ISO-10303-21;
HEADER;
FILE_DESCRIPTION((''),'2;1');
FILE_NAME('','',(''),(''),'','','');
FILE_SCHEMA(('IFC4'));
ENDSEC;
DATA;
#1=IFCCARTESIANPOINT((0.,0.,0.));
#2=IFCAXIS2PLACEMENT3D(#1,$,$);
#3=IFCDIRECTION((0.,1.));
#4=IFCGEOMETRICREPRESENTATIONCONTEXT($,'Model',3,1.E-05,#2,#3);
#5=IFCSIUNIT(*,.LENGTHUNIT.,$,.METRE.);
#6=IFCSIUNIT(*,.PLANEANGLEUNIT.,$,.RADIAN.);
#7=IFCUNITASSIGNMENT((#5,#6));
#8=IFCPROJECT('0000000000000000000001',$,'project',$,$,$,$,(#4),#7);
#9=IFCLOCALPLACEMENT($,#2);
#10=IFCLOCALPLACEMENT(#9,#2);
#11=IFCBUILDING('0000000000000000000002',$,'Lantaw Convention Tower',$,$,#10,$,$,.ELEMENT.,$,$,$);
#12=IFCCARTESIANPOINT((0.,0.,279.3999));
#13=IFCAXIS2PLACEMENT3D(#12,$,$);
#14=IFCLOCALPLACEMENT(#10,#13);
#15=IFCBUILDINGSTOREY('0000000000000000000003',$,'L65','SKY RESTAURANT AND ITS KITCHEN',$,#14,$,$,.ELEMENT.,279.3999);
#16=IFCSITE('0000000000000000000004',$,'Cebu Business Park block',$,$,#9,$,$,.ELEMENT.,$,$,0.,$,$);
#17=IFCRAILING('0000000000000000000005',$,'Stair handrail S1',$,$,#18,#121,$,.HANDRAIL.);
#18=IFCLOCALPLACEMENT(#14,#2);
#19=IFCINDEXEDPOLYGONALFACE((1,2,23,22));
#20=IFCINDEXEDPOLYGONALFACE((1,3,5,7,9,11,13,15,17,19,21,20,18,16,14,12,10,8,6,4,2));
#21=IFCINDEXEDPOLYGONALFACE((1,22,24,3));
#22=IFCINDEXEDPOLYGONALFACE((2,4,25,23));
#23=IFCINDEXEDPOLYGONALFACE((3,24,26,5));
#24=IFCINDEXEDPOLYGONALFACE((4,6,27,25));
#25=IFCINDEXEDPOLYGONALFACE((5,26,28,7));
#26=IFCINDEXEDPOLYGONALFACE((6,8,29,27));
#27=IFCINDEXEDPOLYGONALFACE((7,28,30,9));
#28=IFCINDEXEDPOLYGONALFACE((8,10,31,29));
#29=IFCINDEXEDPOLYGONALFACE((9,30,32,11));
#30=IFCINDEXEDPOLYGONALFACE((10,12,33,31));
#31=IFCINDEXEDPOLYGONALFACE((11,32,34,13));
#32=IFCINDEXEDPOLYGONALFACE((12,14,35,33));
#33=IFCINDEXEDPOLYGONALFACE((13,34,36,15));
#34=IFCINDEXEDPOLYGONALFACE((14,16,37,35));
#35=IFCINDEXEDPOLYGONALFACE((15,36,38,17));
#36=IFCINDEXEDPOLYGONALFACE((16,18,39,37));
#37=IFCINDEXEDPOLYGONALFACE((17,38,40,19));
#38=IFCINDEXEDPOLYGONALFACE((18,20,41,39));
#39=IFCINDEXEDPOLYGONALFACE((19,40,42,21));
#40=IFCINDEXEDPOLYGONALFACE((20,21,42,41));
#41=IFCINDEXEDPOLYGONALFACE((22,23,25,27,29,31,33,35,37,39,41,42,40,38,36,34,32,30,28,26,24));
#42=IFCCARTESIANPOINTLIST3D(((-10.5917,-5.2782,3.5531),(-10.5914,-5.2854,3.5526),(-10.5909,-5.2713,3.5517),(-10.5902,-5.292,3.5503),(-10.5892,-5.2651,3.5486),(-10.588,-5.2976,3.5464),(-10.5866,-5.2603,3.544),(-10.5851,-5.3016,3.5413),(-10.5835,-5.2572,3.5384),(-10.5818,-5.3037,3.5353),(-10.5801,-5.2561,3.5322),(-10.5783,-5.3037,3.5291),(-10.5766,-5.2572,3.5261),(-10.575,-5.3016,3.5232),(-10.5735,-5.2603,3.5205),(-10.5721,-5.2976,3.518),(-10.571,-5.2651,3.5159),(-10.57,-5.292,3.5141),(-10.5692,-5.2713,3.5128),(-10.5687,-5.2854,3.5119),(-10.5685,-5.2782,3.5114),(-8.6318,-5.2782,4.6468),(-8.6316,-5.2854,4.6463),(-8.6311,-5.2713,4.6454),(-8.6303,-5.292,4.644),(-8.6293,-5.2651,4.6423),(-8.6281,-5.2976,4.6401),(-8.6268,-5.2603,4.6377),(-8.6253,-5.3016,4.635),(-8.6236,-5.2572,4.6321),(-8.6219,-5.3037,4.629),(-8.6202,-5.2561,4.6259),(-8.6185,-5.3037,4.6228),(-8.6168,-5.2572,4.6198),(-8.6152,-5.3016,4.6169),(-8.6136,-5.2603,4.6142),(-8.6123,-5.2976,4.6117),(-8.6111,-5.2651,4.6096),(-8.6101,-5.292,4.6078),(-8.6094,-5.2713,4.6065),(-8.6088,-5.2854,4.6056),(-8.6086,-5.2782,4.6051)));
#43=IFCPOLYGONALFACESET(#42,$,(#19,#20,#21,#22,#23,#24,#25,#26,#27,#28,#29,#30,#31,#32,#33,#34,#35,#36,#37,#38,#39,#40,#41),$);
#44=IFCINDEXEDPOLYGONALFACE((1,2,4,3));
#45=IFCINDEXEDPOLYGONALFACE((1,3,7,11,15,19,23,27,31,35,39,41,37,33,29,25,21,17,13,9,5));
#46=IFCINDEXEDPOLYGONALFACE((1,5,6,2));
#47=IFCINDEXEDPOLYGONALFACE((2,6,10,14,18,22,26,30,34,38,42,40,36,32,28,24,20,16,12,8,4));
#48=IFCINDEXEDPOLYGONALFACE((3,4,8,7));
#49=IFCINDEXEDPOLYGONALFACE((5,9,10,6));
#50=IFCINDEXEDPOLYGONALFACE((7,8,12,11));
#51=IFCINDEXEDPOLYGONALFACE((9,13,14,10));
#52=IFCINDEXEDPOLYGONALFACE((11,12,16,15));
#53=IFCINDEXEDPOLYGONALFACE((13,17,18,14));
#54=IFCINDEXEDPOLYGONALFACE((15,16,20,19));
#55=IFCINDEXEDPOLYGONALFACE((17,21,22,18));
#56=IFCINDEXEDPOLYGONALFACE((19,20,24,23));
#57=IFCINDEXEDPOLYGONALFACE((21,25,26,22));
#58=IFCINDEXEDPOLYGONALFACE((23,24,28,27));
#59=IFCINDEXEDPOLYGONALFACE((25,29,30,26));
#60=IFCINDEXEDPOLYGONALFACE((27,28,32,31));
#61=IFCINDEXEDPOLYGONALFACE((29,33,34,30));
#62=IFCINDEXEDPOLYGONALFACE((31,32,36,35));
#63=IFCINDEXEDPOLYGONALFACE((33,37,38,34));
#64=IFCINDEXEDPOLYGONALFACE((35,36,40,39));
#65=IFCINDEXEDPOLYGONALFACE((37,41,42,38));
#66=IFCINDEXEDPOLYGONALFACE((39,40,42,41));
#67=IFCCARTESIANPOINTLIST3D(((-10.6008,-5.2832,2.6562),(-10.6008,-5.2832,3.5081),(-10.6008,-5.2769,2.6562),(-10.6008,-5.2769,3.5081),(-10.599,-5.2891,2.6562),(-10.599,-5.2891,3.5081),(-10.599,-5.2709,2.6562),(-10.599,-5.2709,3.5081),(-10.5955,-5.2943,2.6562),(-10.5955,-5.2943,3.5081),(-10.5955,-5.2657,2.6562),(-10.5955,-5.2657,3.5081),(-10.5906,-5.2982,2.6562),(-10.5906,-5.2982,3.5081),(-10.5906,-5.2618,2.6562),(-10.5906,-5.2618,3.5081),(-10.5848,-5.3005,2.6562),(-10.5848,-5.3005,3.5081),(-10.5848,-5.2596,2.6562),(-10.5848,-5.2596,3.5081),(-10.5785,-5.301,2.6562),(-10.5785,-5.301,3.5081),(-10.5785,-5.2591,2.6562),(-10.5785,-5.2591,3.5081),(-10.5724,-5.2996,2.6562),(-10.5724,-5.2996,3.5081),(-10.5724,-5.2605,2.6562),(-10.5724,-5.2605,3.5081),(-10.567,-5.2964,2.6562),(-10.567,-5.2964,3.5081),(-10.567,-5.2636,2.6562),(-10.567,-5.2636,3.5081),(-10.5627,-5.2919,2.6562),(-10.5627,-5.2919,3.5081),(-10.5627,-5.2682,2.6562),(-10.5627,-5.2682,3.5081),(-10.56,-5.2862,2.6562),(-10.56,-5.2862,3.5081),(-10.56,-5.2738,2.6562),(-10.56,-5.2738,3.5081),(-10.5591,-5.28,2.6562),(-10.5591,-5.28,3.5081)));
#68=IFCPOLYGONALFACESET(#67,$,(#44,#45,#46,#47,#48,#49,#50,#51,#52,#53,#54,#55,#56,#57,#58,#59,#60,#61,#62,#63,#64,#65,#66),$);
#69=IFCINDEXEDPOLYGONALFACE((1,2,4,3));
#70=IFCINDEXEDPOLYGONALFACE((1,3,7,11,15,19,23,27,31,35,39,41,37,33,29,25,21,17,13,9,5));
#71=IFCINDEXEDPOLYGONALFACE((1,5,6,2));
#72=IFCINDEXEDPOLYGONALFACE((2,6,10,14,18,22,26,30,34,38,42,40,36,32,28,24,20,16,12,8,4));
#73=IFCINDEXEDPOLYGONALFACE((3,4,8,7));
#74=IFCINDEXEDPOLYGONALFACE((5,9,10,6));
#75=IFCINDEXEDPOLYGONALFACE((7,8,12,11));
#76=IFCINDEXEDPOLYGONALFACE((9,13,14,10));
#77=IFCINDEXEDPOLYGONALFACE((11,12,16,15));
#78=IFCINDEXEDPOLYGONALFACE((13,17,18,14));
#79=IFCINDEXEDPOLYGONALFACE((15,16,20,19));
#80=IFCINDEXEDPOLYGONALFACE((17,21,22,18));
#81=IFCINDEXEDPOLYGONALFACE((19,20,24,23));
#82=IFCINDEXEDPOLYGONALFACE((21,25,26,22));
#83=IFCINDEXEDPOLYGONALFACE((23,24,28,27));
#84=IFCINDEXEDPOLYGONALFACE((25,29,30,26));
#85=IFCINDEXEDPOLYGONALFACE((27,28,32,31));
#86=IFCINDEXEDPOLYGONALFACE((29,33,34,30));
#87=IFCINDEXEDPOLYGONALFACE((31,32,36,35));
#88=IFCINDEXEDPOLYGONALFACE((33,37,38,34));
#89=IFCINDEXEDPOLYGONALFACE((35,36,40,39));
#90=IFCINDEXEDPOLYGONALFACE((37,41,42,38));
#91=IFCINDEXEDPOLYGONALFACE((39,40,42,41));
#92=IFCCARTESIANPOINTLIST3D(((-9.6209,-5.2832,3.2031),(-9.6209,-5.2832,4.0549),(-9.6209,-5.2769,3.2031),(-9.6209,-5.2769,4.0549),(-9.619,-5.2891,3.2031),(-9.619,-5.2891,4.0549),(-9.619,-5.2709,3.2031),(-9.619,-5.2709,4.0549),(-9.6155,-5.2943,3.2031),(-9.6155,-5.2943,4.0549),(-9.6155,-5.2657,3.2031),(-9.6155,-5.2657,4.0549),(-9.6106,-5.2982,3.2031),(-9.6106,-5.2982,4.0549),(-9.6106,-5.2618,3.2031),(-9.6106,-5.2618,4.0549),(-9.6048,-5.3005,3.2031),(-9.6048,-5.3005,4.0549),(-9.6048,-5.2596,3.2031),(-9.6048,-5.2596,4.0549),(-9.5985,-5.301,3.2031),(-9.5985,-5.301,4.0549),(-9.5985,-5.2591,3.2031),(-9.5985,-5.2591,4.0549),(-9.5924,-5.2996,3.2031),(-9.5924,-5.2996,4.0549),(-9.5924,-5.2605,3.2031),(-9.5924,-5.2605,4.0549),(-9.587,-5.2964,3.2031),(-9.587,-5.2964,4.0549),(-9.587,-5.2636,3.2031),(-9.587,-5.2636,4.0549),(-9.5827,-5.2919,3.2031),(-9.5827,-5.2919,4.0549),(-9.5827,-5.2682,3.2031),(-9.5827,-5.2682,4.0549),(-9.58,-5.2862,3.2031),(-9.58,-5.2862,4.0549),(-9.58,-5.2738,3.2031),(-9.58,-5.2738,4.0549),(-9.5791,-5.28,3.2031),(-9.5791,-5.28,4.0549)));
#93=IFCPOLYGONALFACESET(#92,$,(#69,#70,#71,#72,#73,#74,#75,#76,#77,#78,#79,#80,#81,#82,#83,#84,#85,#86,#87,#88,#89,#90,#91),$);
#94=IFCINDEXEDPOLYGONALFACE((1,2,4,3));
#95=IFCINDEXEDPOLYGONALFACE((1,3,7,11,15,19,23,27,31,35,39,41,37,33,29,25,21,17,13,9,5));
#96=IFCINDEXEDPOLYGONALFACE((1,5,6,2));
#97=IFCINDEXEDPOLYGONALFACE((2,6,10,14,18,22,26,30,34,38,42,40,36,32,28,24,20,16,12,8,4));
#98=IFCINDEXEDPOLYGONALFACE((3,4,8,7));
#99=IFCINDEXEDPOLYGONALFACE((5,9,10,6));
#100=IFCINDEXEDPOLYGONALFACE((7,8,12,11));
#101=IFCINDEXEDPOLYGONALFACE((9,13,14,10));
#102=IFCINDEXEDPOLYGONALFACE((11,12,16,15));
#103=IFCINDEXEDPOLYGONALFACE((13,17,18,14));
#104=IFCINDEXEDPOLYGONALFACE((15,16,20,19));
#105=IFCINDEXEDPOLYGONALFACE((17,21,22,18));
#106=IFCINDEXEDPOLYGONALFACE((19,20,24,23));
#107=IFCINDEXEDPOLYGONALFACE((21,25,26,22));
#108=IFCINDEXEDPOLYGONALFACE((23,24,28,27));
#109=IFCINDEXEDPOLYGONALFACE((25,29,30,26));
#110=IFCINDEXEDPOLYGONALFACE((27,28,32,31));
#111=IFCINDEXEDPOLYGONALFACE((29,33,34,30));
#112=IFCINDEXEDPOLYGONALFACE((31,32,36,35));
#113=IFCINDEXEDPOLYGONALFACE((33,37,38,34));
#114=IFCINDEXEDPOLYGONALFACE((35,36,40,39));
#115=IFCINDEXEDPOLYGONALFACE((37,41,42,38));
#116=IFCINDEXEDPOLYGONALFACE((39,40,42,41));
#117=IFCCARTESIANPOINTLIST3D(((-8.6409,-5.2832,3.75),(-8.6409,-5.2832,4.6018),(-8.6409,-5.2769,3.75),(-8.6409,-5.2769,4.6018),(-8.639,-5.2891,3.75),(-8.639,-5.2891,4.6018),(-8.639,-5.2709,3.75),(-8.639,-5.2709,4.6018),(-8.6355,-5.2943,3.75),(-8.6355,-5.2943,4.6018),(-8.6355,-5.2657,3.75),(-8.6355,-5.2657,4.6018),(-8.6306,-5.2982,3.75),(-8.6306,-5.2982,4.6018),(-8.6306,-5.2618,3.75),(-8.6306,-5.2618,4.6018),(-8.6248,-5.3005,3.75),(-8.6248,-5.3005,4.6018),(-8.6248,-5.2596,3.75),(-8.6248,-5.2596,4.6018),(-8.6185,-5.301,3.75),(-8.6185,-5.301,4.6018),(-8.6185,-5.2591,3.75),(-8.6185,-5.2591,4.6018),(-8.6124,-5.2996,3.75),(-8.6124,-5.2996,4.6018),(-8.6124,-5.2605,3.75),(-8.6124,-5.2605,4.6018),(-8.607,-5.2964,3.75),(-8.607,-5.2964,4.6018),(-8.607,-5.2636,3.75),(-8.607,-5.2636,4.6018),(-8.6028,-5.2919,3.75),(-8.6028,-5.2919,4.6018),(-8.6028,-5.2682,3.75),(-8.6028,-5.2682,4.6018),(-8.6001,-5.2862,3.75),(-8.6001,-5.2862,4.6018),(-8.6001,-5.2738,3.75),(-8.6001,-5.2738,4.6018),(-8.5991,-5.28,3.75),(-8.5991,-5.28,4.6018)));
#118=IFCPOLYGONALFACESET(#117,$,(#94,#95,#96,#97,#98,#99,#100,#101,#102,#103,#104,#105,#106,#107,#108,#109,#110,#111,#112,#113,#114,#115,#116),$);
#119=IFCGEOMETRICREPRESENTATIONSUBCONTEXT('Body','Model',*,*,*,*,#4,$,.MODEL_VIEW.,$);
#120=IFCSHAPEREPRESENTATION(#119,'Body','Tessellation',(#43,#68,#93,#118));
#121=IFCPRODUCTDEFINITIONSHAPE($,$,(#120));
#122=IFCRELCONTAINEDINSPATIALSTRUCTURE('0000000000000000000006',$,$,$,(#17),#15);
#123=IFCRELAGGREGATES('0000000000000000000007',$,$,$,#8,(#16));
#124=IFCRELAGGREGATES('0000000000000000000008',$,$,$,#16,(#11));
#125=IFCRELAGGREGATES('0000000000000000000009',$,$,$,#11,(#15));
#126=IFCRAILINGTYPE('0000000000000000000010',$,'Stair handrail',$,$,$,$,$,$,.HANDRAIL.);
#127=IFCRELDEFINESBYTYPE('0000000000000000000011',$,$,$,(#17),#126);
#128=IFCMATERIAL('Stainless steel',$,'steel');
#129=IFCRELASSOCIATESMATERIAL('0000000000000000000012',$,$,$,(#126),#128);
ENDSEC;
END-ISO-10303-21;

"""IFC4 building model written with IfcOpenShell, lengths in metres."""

from ifc_helpers import new_model, si_unit, direction, frame, origin, origin_2d, place, context, subcontext, project, spatial, circle, extrude, material, type_object, element, save


model = new_model("IFC4")

# Units and contexts
model_context = context("Model", 3, precision=1e-05, world=origin(), true_north=direction((0.0, 1.0)))
body_context = subcontext(model_context, "Body", "Model", "MODEL_VIEW")
ifc_project = project(units=[si_unit("LENGTHUNIT", "METRE"), si_unit("PLANEANGLEUNIT", "RADIAN")], contexts=[model_context])

# Site, building, storey
site_placement = place(None, origin())
site = spatial("IfcSite", under=ifc_project, at=site_placement, Name="Cebu Business Park block", CompositionType="ELEMENT", RefElevation=0.0)
building_placement = place(site_placement, origin())
building = spatial("IfcBuilding", under=site, at=building_placement, Name="Lantaw Convention Tower", CompositionType="ELEMENT")
storey_placement = place(building_placement, frame((0.0, 0.0, 279.3999)))
storey = spatial("IfcBuildingStorey", under=building, at=storey_placement, Name="L65", Description="SKY RESTAURANT AND ITS KITCHEN", CompositionType="ELEMENT", Elevation=279.3999)

# Shared definitions
ifc_material_1 = material(Name="Stainless steel", Category="steel")

# Railing
railing_type = type_object("IfcRailingType", Name="Stair handrail", PredefinedType="HANDRAIL", material=ifc_material_1)
railing_1_placement = place(storey_placement, frame((-10.5801, -5.28, 2.6562)))
element("IfcRailing", 1, at=railing_1_placement, inside=storey, type_object=railing_type, Name="Stair handrail S1", PredefinedType="HANDRAIL", context=body_context, shape_type="SweptSolid", body=[
    extrude(circle(Radius=0.0239, at=origin_2d()), frame((0.0, 0.0, 0.876), z_axis=(0.873232, 0.0, 0.487304), x_axis=(0.0, 1.0, 0.0)), (0.0, 0.0, 1.0), 2.2444),
    extrude(circle(Radius=0.021, at=origin_2d()), origin(), (0.0, 0.0, 1.0), 0.8518),
    extrude(circle(Radius=0.021, at=origin_2d()), frame((0.98, 0.0, 0.5469)), (0.0, 0.0, 1.0), 0.8518),
    extrude(circle(Radius=0.021, at=origin_2d()), frame((1.96, 0.0, 1.0938)), (0.0, 0.0, 1.0), 0.8518),
])

save(model, "model.ifc")
